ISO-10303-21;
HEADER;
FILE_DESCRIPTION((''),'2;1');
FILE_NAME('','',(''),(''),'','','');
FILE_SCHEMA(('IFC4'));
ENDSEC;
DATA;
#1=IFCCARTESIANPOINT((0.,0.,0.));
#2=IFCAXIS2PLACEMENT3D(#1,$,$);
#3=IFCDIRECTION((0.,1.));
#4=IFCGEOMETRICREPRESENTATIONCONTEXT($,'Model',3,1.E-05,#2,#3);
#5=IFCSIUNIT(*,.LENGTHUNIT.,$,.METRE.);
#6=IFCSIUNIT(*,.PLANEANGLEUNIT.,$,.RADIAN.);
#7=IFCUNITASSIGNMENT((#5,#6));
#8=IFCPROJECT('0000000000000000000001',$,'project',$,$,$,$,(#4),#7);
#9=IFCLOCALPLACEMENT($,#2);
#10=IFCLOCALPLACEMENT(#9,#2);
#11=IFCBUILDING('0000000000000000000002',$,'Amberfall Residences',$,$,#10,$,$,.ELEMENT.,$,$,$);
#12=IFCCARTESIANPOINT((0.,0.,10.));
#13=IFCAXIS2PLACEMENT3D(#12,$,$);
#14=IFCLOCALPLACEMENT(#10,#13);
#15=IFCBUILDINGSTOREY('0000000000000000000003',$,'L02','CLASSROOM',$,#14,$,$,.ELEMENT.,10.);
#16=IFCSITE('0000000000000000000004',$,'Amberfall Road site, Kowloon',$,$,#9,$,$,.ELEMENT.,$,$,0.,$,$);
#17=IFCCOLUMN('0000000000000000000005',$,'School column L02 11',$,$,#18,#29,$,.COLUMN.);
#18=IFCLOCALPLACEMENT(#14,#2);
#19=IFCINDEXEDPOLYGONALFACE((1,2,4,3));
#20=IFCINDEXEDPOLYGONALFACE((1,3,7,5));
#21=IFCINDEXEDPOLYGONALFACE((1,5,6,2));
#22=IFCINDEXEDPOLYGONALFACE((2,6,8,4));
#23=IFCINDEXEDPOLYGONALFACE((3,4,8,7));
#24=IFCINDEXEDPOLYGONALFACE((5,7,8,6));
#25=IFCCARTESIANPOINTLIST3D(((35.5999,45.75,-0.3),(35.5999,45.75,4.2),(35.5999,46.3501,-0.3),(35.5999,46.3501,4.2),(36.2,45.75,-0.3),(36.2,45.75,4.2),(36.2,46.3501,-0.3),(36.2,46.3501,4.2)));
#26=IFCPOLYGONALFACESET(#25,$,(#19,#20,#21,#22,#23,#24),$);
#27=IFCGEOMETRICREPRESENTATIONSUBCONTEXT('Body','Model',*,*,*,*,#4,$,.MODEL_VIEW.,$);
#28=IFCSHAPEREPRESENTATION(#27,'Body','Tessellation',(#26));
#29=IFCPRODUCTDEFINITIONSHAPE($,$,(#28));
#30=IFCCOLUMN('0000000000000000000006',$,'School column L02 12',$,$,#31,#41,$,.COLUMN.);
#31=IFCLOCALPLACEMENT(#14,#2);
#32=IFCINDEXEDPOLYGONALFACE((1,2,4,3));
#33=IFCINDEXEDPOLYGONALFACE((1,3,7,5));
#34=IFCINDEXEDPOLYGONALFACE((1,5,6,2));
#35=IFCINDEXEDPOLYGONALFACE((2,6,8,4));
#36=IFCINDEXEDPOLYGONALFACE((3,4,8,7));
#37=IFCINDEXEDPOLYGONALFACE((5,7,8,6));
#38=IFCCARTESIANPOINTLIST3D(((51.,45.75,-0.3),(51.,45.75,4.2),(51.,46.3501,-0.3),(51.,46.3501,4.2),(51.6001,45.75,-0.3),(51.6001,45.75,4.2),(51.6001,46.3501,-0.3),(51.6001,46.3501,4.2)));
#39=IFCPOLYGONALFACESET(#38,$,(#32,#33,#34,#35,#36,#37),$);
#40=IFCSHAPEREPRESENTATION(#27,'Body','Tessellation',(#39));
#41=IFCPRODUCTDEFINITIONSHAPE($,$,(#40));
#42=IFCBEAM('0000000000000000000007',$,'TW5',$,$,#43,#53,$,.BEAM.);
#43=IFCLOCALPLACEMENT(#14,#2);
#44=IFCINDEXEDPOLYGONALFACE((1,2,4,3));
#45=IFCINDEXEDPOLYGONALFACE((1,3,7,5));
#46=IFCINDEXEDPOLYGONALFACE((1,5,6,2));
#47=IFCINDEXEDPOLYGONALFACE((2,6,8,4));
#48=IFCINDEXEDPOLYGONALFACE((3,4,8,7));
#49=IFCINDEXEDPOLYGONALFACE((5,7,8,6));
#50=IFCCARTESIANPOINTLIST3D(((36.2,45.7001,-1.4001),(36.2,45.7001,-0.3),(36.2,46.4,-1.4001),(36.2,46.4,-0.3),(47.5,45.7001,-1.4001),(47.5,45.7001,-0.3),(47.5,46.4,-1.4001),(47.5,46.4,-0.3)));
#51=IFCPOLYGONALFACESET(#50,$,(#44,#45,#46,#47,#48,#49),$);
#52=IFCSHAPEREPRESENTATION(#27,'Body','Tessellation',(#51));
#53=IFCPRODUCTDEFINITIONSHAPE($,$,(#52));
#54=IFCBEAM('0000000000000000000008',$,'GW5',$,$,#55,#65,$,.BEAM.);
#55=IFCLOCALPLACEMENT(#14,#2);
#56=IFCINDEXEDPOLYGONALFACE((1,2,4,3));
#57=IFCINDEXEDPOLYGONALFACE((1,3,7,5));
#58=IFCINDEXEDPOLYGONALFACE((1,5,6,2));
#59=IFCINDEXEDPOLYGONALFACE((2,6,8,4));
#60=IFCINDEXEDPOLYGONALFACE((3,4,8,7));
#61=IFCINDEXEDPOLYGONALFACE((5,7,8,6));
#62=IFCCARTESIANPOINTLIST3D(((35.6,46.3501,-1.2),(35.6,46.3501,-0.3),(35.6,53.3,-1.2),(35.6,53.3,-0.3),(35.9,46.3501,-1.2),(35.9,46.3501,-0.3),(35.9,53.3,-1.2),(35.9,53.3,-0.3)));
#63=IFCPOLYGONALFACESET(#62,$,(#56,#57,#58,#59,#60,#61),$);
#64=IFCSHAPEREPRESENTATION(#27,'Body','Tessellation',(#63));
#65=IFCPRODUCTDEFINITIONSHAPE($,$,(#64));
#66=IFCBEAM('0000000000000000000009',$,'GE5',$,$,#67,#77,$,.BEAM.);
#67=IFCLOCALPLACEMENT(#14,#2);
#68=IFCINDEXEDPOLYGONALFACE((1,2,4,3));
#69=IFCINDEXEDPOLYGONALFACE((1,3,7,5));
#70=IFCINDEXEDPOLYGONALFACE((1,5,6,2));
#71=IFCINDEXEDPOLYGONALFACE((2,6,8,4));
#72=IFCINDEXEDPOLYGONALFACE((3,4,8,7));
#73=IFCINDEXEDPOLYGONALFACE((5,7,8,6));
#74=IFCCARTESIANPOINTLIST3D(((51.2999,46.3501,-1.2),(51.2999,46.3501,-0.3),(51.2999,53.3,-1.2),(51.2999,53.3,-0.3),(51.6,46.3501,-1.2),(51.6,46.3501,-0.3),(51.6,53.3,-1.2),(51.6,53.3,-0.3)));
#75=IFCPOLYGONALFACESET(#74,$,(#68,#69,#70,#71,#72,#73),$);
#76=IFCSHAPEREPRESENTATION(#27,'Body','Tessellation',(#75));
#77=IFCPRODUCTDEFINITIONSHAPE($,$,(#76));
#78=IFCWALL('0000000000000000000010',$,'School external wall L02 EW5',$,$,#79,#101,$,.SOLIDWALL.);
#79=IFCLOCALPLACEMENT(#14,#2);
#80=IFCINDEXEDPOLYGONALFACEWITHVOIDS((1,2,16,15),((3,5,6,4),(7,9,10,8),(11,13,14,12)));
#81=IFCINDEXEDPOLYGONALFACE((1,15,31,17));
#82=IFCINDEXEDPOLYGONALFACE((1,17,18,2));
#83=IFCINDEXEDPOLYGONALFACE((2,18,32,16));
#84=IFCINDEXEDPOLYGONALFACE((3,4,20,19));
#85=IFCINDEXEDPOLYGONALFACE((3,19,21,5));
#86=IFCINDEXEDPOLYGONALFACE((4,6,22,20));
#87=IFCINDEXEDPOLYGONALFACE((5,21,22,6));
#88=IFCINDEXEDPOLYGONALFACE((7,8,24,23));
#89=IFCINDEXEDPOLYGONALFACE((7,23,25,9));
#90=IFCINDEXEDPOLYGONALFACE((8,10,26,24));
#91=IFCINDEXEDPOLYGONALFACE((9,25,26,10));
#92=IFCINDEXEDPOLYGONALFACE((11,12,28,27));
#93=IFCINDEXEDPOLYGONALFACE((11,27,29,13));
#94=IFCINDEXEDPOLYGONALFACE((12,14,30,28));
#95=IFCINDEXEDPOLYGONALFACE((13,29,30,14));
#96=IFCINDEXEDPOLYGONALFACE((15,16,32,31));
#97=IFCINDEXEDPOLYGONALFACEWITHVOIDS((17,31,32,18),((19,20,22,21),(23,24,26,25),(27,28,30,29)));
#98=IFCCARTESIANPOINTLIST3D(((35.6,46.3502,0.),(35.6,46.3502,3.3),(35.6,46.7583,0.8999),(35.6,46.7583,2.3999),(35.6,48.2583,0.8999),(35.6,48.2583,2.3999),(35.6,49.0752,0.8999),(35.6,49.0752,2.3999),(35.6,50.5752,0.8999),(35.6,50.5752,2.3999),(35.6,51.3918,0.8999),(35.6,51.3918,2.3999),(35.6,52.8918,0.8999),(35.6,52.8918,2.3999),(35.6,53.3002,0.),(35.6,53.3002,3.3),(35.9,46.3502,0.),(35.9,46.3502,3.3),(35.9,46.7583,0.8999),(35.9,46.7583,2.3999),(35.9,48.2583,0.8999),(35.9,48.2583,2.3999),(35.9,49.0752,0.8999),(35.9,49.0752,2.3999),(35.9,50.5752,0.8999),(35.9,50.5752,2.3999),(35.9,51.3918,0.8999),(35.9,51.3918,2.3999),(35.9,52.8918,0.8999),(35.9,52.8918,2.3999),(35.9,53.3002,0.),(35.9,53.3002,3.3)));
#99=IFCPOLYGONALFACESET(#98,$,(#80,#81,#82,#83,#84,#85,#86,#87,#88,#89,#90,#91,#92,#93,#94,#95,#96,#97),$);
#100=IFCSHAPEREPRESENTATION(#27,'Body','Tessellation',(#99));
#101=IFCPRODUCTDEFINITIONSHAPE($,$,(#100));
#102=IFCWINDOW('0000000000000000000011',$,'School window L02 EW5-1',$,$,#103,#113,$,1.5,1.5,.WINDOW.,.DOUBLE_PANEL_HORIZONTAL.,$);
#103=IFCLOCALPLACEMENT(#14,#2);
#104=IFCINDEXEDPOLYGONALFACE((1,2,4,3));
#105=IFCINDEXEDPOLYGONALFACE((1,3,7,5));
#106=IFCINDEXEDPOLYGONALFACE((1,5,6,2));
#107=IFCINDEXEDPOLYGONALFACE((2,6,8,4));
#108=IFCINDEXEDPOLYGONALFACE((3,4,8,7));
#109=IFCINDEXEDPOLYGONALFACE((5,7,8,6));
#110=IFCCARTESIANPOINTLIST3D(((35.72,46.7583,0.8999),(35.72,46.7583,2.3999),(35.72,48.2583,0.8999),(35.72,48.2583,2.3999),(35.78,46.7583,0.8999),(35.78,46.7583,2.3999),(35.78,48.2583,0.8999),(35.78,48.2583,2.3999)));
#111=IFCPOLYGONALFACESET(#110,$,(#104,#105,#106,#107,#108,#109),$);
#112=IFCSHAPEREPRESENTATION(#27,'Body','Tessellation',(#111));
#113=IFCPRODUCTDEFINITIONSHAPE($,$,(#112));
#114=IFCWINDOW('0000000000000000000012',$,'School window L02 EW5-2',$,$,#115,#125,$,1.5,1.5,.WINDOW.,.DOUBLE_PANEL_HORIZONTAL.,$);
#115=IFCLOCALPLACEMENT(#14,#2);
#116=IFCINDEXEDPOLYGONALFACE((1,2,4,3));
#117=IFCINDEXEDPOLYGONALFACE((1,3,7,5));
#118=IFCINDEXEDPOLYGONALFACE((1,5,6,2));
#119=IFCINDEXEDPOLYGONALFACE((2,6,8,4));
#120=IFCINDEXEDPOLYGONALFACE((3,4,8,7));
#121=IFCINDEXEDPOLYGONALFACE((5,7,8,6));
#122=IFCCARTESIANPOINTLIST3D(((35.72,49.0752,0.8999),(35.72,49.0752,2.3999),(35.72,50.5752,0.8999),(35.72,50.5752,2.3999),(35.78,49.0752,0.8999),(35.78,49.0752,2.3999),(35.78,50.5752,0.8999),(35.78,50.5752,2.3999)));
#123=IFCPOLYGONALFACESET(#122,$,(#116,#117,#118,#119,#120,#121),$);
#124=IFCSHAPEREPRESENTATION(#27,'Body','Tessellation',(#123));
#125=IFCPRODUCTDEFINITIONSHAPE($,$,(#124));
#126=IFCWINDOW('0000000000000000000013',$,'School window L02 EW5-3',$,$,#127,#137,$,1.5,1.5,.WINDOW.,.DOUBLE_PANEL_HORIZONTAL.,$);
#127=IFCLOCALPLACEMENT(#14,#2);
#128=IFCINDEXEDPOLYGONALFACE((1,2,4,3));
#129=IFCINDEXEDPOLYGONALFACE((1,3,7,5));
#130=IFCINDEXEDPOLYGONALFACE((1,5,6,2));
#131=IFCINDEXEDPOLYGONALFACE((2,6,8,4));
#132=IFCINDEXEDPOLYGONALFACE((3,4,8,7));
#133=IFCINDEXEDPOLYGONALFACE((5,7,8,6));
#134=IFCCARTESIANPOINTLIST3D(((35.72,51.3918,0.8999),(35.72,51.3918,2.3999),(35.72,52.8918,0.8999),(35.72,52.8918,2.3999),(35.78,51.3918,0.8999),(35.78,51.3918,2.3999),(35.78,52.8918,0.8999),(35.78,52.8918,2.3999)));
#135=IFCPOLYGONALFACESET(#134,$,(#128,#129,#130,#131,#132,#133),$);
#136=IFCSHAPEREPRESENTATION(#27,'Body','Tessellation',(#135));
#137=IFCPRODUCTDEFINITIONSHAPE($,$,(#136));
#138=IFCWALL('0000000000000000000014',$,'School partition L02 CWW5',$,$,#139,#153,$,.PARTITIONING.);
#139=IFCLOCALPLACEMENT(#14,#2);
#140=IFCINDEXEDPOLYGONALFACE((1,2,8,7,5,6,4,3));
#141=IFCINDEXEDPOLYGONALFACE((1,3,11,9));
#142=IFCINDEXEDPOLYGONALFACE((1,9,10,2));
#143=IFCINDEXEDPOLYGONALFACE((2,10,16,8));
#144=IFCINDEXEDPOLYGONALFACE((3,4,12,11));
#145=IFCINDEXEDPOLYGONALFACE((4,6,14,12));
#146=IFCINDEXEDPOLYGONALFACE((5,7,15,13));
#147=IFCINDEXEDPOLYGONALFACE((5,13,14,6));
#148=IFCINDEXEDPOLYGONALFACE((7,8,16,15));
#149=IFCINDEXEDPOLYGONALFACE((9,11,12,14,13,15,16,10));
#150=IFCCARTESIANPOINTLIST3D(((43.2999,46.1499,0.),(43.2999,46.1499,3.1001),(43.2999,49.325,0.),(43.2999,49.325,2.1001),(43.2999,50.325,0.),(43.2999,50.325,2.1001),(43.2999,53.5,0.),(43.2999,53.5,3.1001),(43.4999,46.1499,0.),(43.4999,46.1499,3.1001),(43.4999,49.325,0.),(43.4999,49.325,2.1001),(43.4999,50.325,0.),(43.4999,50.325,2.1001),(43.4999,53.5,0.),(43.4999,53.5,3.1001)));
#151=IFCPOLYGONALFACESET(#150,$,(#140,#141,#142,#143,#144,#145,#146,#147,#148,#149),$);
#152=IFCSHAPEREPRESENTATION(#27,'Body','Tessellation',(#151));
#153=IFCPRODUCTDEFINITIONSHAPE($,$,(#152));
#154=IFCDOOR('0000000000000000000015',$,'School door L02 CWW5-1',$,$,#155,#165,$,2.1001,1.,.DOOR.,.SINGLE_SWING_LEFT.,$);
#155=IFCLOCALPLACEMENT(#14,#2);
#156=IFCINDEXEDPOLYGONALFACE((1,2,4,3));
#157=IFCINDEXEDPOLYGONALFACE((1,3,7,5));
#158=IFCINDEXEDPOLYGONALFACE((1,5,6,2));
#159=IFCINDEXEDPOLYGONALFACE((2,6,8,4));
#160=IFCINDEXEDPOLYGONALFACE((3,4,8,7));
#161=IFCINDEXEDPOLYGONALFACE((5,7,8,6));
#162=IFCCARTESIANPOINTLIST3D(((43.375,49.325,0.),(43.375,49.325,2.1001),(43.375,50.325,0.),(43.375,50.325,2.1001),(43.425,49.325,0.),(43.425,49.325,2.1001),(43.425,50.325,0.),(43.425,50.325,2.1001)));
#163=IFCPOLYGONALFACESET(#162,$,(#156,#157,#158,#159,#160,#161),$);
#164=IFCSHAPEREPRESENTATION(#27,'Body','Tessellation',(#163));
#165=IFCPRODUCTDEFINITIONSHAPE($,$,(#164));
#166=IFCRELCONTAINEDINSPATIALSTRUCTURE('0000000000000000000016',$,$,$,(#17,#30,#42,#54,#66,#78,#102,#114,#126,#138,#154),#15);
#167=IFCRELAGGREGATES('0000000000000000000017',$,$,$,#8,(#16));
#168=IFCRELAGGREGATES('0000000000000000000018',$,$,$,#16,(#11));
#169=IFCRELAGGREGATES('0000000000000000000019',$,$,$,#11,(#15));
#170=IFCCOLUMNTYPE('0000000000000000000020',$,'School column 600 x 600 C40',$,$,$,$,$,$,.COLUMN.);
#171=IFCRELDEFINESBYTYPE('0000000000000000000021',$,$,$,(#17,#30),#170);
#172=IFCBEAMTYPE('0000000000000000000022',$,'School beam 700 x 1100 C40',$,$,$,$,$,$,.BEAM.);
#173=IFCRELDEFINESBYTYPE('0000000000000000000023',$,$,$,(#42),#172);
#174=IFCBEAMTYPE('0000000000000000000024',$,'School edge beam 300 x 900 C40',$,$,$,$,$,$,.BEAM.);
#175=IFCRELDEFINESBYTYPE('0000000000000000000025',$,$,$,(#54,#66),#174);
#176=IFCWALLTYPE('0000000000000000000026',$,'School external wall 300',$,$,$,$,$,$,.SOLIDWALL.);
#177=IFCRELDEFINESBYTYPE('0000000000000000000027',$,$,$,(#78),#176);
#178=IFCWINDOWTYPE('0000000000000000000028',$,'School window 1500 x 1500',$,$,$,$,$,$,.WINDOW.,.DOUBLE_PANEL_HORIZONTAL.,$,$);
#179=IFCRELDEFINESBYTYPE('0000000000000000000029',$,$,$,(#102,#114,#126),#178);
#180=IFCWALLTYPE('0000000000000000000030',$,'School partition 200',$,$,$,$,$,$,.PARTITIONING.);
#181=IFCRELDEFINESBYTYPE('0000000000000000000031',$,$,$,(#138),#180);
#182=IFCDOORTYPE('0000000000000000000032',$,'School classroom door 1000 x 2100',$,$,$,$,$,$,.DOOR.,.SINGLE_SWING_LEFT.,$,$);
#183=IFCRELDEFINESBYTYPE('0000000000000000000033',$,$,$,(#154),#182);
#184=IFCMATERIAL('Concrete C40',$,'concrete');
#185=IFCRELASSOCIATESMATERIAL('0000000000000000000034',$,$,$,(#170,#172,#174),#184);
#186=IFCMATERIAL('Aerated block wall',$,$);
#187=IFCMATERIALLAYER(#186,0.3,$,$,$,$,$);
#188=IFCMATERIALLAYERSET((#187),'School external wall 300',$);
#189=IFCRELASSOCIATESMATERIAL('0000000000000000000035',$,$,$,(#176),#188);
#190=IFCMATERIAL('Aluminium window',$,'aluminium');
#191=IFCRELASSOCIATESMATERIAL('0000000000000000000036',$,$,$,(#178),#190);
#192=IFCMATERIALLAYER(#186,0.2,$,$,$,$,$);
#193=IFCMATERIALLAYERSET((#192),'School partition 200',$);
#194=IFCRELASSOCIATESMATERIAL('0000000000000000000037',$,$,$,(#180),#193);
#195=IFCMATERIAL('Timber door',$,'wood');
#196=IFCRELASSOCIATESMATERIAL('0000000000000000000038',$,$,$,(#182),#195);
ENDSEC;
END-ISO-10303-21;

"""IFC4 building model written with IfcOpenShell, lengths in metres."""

from ifc_helpers import new_model, si_unit, direction, frame, frame_2d, origin, origin_2d, place, context, subcontext, project, spatial, rectangle, extrude, material, layer, layer_set, material_profile, profile_set, type_object, element, fill, save


model = new_model("IFC4")

# Units and contexts
model_context = context("Model", 3, precision=1e-05, world=origin(), true_north=direction((0.0, 1.0)))
body_context = subcontext(model_context, "Body", "Model", "MODEL_VIEW")
ifc_project = project(units=[si_unit("LENGTHUNIT", "METRE"), si_unit("PLANEANGLEUNIT", "RADIAN")], contexts=[model_context])

# Site, building, storey
site_placement = place(None, origin())
site = spatial("IfcSite", under=ifc_project, at=site_placement, Name="Amberfall Road site, Kowloon", CompositionType="ELEMENT", RefElevation=0.0)
building_placement = place(site_placement, origin())
building = spatial("IfcBuilding", under=site, at=building_placement, Name="Amberfall Residences", CompositionType="ELEMENT")
storey_placement = place(building_placement, frame((0.0, 0.0, 10.0)))
storey = spatial("IfcBuildingStorey", under=building, at=storey_placement, Name="L02", Description="CLASSROOM", CompositionType="ELEMENT", Elevation=10.0)

# Columns
ifc_material_1 = material(Name="Concrete C40", Category="concrete")
ifc_material_profile_1 = material_profile(ifc_material_1, rectangle(XDim=0.6001, YDim=0.6001, at=origin_2d()), Name="School column 600 x 600 C40")
ifc_profile_set_1 = profile_set([ifc_material_profile_1], Name="Concrete C40")
column_type = type_object("IfcColumnType", Name="School column 600 x 600 C40", PredefinedType="COLUMN", material=ifc_profile_set_1)
for number, where, z_axis, x_axis, name in (
    (1, (35.8999, 46.05, -0.3), (0.0, 0.0, 1.0), (1.0, 0.0, 0.0), "School column L02 11"),
    (2, (51.3, 46.05, -0.3), (0.0, 0.0, 1.0), (1.0, 0.0, 0.0), "School column L02 12"),
):
    element("IfcColumn", number, at=place(storey_placement, frame(where, z_axis=z_axis, x_axis=x_axis)), inside=storey, type_object=column_type, Name=name, PredefinedType="COLUMN", context=body_context, shape_type="SweptSolid", body=[
        extrude(rectangle(XDim=0.6001, YDim=0.6001, at=origin_2d()), origin(), (0.0, 0.0, 1.0), 4.5),
    ])

# Beams
ifc_material_profile_2 = material_profile(ifc_material_1, rectangle(XDim=0.7, YDim=1.1001, at=origin_2d()), Name="School beam 700 x 1100 C40")
ifc_profile_set_2 = profile_set([ifc_material_profile_2], Name="Concrete C40")
beam_type_1 = type_object("IfcBeamType", Name="School beam 700 x 1100 C40", PredefinedType="BEAM", material=ifc_profile_set_2)
beam_placement = place(storey_placement, frame((36.2, 46.05, -0.8501), z_axis=(1.0, 0.0, 0.0), x_axis=(0.0, 1.0, 0.0)))
element("IfcBeam", 3, at=beam_placement, inside=storey, type_object=beam_type_1, Name="TW5", PredefinedType="BEAM", context=body_context, shape_type="SweptSolid", body=[
    extrude(rectangle(XDim=0.7, YDim=1.1001, at=origin_2d()), origin(), (0.0, 0.0, 1.0), 11.3),
])
ifc_material_profile_3 = material_profile(ifc_material_1, rectangle(XDim=0.3, YDim=0.8999, at=origin_2d()), Name="School edge beam 300 x 900 C40")
ifc_profile_set_3 = profile_set([ifc_material_profile_3], Name="Concrete C40")
beam_type_2 = type_object("IfcBeamType", Name="School edge beam 300 x 900 C40", PredefinedType="BEAM", material=ifc_profile_set_3)
for number, where, z_axis, x_axis, name in (
    (4, (35.75, 46.3501, -0.75), (0.0, 1.0, 0.0), (-1.0, 0.0, 0.0), "GW5"),
    (5, (51.45, 46.3501, -0.75), (0.0, 1.0, 0.0), (-1.0, 0.0, 0.0), "GE5"),
):
    element("IfcBeam", number, at=place(storey_placement, frame(where, z_axis=z_axis, x_axis=x_axis)), inside=storey, type_object=beam_type_2, Name=name, PredefinedType="BEAM", context=body_context, shape_type="SweptSolid", body=[
        extrude(rectangle(XDim=0.3, YDim=0.8999, at=origin_2d()), origin(), (0.0, 0.0, 1.0), 6.95),
    ])

# Wall, openings, windows
ifc_material_2 = material(Name="Aerated block wall")
ifc_layer_1 = layer(ifc_material_2, 0.3)
ifc_layer_set_1 = layer_set([ifc_layer_1], Name="School external wall 300")
wall_type_1 = type_object("IfcWallType", Name="School external wall 300", PredefinedType="SOLIDWALL", material=ifc_layer_set_1)
wall_1_placement = place(storey_placement, frame((35.75, 46.3501, 0.0), z_axis=(0.0, 0.0, 1.0), x_axis=(0.0, 1.0, 0.0)))
wall_1 = element("IfcWall", 6, at=wall_1_placement, inside=storey, type_object=wall_type_1, Name="School external wall L02 EW5", PredefinedType="SOLIDWALL", context=body_context, shape_type="SweptSolid", body=[
    extrude(rectangle(XDim=6.95, YDim=0.3, at=frame_2d((3.4751, 0.0))), origin(), (0.0, 0.0, 1.0), 3.3),
])
opening_1_placement = place(wall_1_placement, frame((0.4082, 0.0, 0.8999)))
opening_1 = element("IfcOpeningElement", 7, at=opening_1_placement, cuts=wall_1, PredefinedType="OPENING", context=body_context, shape_type="SweptSolid", body=[
    extrude(rectangle(XDim=1.5, YDim=1.5, at=frame_2d((0.75, 0.75))), frame((0.0, 0.1599, 0.0), z_axis=(0.0, -1.0, 0.0), x_axis=(1.0, 0.0, 0.0)), (0.0, 0.0, 1.0), 0.3201),
])
opening_2_placement = place(wall_1_placement, frame((2.7251, 0.0, 0.8999)))
opening_2 = element("IfcOpeningElement", 8, at=opening_2_placement, cuts=wall_1, PredefinedType="OPENING", context=body_context, shape_type="SweptSolid", body=[
    extrude(rectangle(XDim=1.5, YDim=1.5, at=frame_2d((0.75, 0.75))), frame((0.0, 0.1599, 0.0), z_axis=(0.0, -1.0, 0.0), x_axis=(1.0, 0.0, 0.0)), (0.0, 0.0, 1.0), 0.3201),
])
opening_3_placement = place(wall_1_placement, frame((5.0417, 0.0, 0.8999)))
opening_3 = element("IfcOpeningElement", 9, at=opening_3_placement, cuts=wall_1, PredefinedType="OPENING", context=body_context, shape_type="SweptSolid", body=[
    extrude(rectangle(XDim=1.5, YDim=1.5, at=frame_2d((0.75, 0.75))), frame((0.0, 0.1599, 0.0), z_axis=(0.0, -1.0, 0.0), x_axis=(1.0, 0.0, 0.0)), (0.0, 0.0, 1.0), 0.3201),
])
ifc_material_3 = material(Name="Aluminium window", Category="aluminium")
window_type = type_object("IfcWindowType", Name="School window 1500 x 1500", PartitioningType="DOUBLE_PANEL_HORIZONTAL", PredefinedType="WINDOW", material=ifc_material_3)
window_1_placement = place(opening_1_placement, origin())
window_1 = element("IfcWindow", 10, at=window_1_placement, inside=storey, type_object=window_type, Name="School window L02 EW5-1", OverallHeight=1.5, OverallWidth=1.5, PartitioningType="DOUBLE_PANEL_HORIZONTAL", PredefinedType="WINDOW", context=body_context, shape_type="SweptSolid", body=[
    extrude(rectangle(XDim=1.5, YDim=1.5, at=frame_2d((0.75, 0.75))), frame((0.0, 0.03, 0.0), z_axis=(0.0, -1.0, 0.0), x_axis=(1.0, 0.0, 0.0)), (0.0, 0.0, 1.0), 0.0601),
])
fill(opening_1, window_1)
window_2_placement = place(opening_2_placement, origin())
window_2 = element("IfcWindow", 11, at=window_2_placement, inside=storey, type_object=window_type, Name="School window L02 EW5-2", OverallHeight=1.5, OverallWidth=1.5, PartitioningType="DOUBLE_PANEL_HORIZONTAL", PredefinedType="WINDOW", context=body_context, shape_type="SweptSolid", body=[
    extrude(rectangle(XDim=1.5, YDim=1.5, at=frame_2d((0.75, 0.75))), frame((0.0, 0.03, 0.0), z_axis=(0.0, -1.0, 0.0), x_axis=(1.0, 0.0, 0.0)), (0.0, 0.0, 1.0), 0.0601),
])
fill(opening_2, window_2)
window_3_placement = place(opening_3_placement, origin())
window_3 = element("IfcWindow", 12, at=window_3_placement, inside=storey, type_object=window_type, Name="School window L02 EW5-3", OverallHeight=1.5, OverallWidth=1.5, PartitioningType="DOUBLE_PANEL_HORIZONTAL", PredefinedType="WINDOW", context=body_context, shape_type="SweptSolid", body=[
    extrude(rectangle(XDim=1.5, YDim=1.5, at=frame_2d((0.75, 0.75))), frame((0.0, 0.03, 0.0), z_axis=(0.0, -1.0, 0.0), x_axis=(1.0, 0.0, 0.0)), (0.0, 0.0, 1.0), 0.0601),
])
fill(opening_3, window_3)

# Wall, opening, door
ifc_layer_2 = layer(ifc_material_2, 0.2)
ifc_layer_set_2 = layer_set([ifc_layer_2], Name="School partition 200")
wall_type_2 = type_object("IfcWallType", Name="School partition 200", PredefinedType="PARTITIONING", material=ifc_layer_set_2)
wall_2_placement = place(storey_placement, frame((43.3999, 46.1499, 0.0), z_axis=(0.0, 0.0, 1.0), x_axis=(0.0, 1.0, 0.0)))
wall_2 = element("IfcWall", 13, at=wall_2_placement, inside=storey, type_object=wall_type_2, Name="School partition L02 CWW5", PredefinedType="PARTITIONING", context=body_context, shape_type="SweptSolid", body=[
    extrude(rectangle(XDim=7.3501, YDim=0.2, at=frame_2d((3.675, 0.0))), origin(), (0.0, 0.0, 1.0), 3.1001),
])
opening_4_placement = place(wall_2_placement, frame((3.175, 0.0, 0.0)))
opening_4 = element("IfcOpeningElement", 14, at=opening_4_placement, cuts=wall_2, PredefinedType="OPENING", context=body_context, shape_type="SweptSolid", body=[
    extrude(rectangle(XDim=1.0, YDim=2.1001, at=frame_2d((0.5, 1.05))), frame((0.0, 0.1099, 0.0), z_axis=(0.0, -1.0, 0.0), x_axis=(1.0, 0.0, 0.0)), (0.0, 0.0, 1.0), 0.22),
])
ifc_material_4 = material(Name="Timber door", Category="wood")
door_type_1 = type_object("IfcDoorType", Name="School classroom door 1000 x 2100", OperationType="SINGLE_SWING_LEFT", PredefinedType="DOOR", material=ifc_material_4)
door_1_placement = place(opening_4_placement, origin())
door_1 = element("IfcDoor", 15, at=door_1_placement, inside=storey, type_object=door_type_1, Name="School door L02 CWW5-1", OperationType="SINGLE_SWING_LEFT", OverallHeight=2.1001, OverallWidth=1.0, PredefinedType="DOOR", context=body_context, shape_type="SweptSolid", body=[
    extrude(rectangle(XDim=1.0, YDim=2.1001, at=frame_2d((0.5, 1.05))), frame((0.0, 0.0249, 0.0), z_axis=(0.0, -1.0, 0.0), x_axis=(1.0, 0.0, 0.0)), (0.0, 0.0, 1.0), 0.05),
])
fill(opening_4, door_1)

save(model, "model.ifc")
